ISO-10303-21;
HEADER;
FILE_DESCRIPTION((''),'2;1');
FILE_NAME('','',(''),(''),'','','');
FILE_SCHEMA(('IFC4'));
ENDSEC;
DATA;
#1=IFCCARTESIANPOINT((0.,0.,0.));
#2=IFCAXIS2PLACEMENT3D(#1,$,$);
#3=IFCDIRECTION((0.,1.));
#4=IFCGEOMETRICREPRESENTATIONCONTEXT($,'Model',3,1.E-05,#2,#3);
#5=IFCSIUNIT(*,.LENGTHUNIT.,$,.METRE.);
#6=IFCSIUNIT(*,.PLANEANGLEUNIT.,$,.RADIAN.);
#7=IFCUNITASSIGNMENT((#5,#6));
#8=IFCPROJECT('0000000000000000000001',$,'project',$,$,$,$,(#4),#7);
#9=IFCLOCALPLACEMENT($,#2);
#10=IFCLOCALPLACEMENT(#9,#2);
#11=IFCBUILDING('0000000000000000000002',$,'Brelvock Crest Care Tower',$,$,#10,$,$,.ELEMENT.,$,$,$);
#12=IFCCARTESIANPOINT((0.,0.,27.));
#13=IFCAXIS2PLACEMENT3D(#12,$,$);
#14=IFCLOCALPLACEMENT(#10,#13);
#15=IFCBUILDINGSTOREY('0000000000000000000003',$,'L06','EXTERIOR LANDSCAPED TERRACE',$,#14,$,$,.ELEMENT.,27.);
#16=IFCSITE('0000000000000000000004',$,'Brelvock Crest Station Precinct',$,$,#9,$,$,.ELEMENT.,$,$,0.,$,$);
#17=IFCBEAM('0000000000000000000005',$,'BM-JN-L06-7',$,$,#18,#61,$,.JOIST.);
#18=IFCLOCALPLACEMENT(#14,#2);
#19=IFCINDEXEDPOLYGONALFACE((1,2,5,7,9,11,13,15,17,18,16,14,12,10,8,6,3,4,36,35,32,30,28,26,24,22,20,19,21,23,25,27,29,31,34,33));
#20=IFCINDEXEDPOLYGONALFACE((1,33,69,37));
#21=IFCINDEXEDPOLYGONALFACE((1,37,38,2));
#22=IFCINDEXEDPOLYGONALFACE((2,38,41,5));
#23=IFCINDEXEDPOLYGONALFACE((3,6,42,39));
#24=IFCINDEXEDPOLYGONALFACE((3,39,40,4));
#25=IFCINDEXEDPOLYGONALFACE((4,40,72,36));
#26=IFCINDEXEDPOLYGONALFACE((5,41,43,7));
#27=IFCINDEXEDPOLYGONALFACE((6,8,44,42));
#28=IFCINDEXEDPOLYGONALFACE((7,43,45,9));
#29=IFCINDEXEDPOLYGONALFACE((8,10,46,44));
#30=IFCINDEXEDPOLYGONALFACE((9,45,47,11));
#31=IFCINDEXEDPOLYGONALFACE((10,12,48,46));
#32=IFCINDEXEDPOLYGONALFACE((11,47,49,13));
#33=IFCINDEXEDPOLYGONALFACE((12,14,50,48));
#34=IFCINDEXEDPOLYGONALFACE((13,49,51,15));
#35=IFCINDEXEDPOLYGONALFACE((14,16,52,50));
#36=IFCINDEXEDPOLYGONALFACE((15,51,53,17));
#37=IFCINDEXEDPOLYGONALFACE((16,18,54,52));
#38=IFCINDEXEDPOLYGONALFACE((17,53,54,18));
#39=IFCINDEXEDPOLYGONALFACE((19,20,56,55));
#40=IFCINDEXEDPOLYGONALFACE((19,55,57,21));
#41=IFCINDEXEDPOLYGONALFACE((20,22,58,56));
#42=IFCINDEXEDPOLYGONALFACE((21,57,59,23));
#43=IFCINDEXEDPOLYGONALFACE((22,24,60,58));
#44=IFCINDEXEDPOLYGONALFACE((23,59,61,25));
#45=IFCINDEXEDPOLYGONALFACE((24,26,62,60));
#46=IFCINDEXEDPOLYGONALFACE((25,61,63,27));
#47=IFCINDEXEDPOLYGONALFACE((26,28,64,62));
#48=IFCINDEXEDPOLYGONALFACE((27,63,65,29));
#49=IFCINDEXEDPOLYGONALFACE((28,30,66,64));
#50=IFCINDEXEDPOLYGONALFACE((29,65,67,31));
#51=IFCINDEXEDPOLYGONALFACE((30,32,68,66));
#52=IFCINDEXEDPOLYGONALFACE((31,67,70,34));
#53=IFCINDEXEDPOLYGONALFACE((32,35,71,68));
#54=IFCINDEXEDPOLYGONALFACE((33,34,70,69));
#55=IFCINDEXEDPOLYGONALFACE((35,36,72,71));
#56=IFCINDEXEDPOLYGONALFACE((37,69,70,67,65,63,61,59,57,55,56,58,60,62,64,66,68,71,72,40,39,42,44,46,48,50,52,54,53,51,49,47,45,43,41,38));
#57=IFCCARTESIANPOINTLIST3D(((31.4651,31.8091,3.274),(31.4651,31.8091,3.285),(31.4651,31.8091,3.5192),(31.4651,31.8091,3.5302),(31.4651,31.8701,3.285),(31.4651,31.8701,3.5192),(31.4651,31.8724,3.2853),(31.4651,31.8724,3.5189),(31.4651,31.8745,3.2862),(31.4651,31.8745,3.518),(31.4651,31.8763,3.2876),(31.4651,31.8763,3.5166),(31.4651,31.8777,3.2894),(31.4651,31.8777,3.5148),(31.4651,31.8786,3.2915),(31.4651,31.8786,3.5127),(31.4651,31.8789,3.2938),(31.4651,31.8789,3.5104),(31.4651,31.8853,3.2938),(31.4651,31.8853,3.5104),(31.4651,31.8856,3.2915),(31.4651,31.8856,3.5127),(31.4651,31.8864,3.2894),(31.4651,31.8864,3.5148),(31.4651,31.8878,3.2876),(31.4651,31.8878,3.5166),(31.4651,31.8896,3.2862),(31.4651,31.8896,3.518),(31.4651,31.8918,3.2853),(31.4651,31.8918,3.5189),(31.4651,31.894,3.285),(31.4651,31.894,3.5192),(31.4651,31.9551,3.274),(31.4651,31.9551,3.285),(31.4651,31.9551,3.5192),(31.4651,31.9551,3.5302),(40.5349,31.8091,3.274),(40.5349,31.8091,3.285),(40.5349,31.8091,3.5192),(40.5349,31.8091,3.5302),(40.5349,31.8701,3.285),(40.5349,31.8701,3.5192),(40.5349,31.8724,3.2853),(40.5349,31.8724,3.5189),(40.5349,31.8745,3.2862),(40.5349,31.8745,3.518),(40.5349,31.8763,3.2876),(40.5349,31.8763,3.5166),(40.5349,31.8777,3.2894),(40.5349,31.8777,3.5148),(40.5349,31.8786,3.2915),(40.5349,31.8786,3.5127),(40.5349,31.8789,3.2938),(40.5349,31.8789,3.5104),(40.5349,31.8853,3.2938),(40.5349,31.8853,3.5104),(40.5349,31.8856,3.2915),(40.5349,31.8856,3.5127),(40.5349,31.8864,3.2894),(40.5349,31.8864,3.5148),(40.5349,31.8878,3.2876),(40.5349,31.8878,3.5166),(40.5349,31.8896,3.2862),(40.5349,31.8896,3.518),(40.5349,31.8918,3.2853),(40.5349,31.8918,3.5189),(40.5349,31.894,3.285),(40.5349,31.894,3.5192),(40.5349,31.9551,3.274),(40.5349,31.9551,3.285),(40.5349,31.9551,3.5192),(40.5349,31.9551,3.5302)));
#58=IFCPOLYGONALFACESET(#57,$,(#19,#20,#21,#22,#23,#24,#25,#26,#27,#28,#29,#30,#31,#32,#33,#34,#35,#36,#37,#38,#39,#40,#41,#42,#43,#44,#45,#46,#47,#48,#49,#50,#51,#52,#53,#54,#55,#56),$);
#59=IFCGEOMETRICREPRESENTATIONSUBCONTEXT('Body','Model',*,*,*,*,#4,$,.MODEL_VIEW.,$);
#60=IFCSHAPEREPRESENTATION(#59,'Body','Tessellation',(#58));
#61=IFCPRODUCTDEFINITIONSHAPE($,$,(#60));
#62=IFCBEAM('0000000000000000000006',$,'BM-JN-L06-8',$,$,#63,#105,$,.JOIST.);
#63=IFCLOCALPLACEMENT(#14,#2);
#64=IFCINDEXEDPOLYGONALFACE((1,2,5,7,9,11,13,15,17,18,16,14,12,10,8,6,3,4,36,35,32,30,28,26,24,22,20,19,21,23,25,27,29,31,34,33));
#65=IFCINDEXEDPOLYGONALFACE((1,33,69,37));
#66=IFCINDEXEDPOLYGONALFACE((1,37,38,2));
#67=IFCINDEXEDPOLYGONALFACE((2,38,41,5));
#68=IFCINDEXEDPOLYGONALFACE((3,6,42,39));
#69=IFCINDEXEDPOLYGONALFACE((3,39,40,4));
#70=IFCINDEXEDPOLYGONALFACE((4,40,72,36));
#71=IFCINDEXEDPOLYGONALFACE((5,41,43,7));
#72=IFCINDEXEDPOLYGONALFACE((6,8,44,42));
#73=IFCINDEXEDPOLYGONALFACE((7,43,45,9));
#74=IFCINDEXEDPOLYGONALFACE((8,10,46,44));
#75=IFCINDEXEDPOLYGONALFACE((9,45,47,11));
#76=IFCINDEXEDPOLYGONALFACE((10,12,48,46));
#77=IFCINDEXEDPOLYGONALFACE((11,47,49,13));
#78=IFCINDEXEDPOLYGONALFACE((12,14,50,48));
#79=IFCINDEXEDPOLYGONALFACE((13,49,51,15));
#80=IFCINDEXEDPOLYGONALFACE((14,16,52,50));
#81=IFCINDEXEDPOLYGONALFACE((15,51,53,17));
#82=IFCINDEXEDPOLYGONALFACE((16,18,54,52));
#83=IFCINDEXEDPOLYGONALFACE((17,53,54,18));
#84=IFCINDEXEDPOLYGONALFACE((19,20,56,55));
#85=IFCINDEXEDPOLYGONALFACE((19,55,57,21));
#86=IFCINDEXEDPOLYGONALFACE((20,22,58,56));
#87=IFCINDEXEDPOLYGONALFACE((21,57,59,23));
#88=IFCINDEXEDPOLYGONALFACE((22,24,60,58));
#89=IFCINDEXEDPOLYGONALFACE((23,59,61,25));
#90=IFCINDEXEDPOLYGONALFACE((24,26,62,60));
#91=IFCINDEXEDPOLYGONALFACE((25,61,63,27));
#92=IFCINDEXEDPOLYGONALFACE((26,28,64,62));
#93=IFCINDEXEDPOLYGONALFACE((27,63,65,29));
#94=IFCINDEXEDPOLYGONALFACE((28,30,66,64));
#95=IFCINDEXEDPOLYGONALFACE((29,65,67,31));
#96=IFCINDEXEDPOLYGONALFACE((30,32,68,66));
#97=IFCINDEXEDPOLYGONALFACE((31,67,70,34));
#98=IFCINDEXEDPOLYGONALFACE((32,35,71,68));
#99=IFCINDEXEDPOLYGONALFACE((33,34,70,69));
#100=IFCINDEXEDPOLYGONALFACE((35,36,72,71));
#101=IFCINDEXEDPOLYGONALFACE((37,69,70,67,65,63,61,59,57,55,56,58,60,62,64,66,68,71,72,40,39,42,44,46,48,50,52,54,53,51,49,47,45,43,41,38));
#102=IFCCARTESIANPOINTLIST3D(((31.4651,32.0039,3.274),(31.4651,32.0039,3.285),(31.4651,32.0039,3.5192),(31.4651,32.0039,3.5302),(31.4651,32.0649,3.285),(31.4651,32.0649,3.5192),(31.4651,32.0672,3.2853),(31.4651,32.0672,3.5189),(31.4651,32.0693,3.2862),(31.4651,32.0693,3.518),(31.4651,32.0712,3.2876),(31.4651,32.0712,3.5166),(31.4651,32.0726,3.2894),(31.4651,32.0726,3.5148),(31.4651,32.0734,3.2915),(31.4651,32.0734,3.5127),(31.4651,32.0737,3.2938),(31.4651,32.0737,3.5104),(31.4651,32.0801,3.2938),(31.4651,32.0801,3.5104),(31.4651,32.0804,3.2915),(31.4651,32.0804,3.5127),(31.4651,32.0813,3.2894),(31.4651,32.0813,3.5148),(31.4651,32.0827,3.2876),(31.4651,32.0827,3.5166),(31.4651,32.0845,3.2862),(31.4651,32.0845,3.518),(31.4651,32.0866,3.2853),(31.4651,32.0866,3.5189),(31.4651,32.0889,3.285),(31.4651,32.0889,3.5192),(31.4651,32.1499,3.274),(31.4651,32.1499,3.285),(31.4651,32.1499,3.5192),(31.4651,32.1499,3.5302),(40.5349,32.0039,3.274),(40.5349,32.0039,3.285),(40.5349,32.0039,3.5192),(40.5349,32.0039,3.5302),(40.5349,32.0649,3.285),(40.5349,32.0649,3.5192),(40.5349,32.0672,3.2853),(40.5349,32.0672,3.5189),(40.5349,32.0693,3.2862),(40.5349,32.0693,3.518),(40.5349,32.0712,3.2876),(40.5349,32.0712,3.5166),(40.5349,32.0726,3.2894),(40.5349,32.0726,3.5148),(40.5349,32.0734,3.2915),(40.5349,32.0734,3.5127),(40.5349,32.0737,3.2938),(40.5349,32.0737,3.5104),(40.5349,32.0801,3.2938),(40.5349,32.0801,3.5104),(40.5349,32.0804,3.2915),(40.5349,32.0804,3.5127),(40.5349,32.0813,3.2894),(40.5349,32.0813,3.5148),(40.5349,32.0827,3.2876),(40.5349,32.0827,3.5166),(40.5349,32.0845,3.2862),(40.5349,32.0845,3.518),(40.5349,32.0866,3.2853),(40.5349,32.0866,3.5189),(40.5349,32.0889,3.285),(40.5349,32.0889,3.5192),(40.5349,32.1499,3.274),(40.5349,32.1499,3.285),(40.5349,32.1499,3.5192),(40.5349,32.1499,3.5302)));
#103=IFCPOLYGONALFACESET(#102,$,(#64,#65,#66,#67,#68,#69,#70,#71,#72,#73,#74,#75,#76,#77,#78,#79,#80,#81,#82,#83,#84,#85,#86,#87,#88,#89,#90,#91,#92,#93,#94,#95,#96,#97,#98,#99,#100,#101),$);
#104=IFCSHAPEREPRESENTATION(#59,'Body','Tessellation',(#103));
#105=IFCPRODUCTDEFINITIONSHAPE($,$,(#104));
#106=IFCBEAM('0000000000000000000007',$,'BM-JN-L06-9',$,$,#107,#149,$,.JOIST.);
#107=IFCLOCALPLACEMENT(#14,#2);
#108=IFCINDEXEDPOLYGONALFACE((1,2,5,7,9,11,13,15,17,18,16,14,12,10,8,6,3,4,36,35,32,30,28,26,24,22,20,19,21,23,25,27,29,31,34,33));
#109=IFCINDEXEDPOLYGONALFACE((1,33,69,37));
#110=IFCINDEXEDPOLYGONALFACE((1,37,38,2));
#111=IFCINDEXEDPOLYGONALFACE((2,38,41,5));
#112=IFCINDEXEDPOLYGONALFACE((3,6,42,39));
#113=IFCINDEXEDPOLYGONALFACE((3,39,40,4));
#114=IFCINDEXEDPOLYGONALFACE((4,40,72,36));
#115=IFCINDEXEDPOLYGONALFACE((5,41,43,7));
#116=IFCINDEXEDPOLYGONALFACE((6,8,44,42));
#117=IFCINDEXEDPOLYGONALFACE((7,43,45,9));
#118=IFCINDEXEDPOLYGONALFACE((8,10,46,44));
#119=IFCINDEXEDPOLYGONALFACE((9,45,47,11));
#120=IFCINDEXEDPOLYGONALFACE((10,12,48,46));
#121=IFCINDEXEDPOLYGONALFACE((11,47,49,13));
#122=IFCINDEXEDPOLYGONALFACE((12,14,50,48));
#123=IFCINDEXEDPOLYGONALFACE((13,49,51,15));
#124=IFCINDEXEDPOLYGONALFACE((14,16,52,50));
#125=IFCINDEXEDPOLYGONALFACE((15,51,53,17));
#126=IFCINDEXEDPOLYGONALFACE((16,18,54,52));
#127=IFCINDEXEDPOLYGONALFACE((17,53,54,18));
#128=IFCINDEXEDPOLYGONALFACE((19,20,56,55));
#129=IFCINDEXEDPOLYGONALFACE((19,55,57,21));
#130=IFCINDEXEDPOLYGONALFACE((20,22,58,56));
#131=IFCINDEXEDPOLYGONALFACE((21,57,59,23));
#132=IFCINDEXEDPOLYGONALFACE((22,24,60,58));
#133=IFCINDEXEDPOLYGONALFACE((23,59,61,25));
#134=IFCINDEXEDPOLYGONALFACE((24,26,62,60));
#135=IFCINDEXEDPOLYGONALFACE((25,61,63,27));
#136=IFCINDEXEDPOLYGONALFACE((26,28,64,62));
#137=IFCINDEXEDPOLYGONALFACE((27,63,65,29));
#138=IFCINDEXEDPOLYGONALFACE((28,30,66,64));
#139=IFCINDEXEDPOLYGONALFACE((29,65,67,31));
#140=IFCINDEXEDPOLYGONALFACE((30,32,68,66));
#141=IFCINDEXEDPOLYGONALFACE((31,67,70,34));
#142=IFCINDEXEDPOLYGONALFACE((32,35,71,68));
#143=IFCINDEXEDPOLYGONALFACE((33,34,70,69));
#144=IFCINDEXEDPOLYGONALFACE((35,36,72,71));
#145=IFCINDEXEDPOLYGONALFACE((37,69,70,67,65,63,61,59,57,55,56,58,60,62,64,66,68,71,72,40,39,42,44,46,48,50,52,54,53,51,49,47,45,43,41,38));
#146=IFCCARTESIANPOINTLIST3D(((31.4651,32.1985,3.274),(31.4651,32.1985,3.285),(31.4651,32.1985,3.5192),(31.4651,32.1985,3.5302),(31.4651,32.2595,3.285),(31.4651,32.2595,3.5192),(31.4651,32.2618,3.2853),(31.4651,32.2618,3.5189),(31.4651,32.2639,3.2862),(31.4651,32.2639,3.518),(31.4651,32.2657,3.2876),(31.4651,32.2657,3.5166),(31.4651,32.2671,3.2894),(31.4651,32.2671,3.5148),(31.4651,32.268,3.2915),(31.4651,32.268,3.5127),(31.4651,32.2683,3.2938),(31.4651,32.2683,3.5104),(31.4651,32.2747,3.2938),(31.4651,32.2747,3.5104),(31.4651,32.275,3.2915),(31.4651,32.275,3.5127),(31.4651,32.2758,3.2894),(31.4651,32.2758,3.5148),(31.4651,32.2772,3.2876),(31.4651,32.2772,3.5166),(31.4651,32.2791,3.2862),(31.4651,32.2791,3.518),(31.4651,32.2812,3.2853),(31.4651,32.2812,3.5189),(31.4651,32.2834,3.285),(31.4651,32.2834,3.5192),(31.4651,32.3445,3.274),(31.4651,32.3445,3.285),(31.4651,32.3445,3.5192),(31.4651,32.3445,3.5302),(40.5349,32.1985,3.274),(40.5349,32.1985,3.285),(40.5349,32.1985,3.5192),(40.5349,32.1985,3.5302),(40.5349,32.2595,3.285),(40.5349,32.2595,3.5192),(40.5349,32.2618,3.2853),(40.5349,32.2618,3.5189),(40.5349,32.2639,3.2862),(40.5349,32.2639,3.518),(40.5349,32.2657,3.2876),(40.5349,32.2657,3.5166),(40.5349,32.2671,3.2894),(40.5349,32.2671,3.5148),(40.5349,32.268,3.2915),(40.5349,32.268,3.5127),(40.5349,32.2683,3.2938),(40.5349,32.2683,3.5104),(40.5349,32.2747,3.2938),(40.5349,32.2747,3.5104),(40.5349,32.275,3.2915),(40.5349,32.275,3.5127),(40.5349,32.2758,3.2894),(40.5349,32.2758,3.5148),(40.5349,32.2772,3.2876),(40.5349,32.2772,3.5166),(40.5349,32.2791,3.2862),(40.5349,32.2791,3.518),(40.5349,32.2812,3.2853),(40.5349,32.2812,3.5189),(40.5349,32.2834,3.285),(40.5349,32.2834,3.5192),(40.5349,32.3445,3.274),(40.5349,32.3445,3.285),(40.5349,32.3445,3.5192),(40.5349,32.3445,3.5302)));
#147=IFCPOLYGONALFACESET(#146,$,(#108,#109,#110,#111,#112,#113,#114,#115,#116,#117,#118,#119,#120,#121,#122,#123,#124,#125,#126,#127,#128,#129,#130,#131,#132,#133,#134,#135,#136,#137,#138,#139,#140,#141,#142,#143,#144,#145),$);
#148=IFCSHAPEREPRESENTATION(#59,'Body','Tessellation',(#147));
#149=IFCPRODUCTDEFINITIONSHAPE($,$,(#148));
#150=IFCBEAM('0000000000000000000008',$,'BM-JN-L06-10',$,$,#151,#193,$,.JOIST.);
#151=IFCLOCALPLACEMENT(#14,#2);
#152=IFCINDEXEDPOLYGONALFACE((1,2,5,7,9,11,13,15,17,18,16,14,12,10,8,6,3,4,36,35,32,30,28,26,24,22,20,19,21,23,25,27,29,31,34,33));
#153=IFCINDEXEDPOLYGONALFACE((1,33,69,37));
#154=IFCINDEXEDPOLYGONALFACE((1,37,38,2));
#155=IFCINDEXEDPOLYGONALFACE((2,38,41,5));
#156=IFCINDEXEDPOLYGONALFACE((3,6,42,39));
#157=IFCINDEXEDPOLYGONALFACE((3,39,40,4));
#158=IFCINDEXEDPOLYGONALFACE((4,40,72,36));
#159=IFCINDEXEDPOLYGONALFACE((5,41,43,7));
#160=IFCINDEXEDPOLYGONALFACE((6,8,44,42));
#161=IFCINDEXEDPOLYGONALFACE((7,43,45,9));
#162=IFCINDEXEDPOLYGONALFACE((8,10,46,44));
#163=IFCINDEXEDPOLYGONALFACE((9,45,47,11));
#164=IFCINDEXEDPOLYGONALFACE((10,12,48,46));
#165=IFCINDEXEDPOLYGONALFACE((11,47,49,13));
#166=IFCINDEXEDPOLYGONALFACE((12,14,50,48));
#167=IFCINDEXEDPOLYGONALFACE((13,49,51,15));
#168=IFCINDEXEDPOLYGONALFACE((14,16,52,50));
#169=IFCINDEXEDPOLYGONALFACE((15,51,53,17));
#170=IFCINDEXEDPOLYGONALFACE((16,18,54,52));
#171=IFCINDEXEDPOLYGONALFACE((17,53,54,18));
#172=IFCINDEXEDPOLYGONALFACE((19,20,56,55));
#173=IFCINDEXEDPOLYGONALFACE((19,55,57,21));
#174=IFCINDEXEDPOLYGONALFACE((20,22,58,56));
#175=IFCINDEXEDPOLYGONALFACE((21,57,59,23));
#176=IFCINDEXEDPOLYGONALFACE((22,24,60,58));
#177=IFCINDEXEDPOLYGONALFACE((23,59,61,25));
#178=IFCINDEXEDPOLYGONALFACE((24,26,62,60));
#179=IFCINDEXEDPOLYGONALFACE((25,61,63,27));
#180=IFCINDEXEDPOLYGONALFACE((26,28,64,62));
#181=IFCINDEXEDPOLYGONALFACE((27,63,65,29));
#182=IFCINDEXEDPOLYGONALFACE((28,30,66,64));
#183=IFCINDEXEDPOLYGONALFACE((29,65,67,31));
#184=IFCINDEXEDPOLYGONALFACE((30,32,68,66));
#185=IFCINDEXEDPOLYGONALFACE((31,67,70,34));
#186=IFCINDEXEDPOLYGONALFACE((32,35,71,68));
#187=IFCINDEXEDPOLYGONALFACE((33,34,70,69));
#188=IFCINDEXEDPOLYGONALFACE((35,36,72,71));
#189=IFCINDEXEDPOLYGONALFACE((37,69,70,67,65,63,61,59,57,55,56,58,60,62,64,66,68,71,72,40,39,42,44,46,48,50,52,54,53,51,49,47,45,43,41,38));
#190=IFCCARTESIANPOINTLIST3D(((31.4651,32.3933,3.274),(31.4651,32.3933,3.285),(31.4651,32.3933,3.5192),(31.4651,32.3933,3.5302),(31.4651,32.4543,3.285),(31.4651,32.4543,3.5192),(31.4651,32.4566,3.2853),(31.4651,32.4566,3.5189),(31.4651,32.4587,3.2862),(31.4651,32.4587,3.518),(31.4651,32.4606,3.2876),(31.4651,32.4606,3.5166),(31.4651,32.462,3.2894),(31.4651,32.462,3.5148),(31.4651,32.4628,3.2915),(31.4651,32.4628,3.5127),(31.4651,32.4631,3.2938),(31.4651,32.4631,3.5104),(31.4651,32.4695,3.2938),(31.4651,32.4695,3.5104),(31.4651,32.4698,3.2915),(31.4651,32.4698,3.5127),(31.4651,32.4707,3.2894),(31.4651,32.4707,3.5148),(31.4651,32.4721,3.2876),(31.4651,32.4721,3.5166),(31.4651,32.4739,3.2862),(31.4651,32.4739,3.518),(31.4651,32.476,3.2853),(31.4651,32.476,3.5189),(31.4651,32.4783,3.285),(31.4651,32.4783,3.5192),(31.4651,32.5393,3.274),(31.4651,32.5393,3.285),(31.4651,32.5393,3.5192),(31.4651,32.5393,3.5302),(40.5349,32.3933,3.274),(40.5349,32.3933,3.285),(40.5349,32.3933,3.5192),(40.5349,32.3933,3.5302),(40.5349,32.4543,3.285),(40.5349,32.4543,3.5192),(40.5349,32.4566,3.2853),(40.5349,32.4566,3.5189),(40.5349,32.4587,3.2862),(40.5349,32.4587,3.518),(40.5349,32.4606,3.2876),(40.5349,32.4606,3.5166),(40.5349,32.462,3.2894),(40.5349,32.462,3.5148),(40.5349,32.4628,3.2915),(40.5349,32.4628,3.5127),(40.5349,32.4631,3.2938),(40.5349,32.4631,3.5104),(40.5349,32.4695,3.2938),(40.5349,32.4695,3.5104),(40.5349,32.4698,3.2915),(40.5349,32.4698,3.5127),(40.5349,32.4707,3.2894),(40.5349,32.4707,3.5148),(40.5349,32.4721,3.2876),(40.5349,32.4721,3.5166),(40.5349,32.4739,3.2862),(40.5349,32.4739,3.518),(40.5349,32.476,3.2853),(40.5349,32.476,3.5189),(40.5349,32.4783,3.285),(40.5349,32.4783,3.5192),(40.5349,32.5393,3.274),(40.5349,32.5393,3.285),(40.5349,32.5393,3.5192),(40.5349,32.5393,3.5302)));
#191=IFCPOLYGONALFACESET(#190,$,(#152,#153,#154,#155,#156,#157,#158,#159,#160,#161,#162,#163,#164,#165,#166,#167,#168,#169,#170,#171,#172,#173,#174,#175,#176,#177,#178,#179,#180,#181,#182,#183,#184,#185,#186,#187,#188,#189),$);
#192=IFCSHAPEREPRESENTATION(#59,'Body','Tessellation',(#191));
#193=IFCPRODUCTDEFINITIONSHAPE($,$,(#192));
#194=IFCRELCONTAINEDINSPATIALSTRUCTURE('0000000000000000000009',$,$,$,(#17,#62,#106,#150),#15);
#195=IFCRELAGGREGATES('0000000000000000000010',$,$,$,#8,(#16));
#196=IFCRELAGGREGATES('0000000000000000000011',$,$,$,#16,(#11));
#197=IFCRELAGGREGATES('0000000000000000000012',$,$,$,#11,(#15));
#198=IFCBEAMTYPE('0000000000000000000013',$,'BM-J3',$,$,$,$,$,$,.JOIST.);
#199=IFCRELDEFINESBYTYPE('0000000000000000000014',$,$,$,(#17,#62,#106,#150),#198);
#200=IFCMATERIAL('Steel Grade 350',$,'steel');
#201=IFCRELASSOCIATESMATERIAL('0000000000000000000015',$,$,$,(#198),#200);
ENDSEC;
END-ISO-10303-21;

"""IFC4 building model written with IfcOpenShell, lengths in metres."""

from ifc_helpers import new_model, si_unit, direction, frame, origin, origin_2d, place, context, subcontext, project, spatial, i_section, extrude, source, transform, mapped, material, material_profile, profile_set, type_object, element, save


model = new_model("IFC4")

# Units and contexts
model_context = context("Model", 3, precision=1e-05, world=origin(), true_north=direction((0.0, 1.0)))
body_context = subcontext(model_context, "Body", "Model", "MODEL_VIEW")
ifc_project = project(units=[si_unit("LENGTHUNIT", "METRE"), si_unit("PLANEANGLEUNIT", "RADIAN")], contexts=[model_context])

# Site, building, storey
site_placement = place(None, origin())
site = spatial("IfcSite", under=ifc_project, at=site_placement, Name="Brelvock Crest Station Precinct", CompositionType="ELEMENT", RefElevation=0.0)
building_placement = place(site_placement, origin())
building = spatial("IfcBuilding", under=site, at=building_placement, Name="Brelvock Crest Care Tower", CompositionType="ELEMENT")
storey_placement = place(building_placement, frame((0.0, 0.0, 27.0)))
storey = spatial("IfcBuildingStorey", under=building, at=storey_placement, Name="L06", Description="EXTERIOR LANDSCAPED TERRACE", CompositionType="ELEMENT", Elevation=27.0)

# Beams
ifc_material_1 = material(Name="Steel Grade 350", Category="steel")
ifc_material_profile = material_profile(ifc_material_1, i_section(OverallWidth=0.146, OverallDepth=0.2561, WebThickness=0.0063, FlangeThickness=0.011, FilletRadius=0.0088, at=origin_2d()), Name="250UB37.3")
ifc_profile_set = profile_set([ifc_material_profile], Name="Steel Grade 350")
beam_type = type_object("IfcBeamType", Name="BM-J3", PredefinedType="JOIST", material=ifc_profile_set)
shared_shape = source(origin(), body_context, "Body", "SweptSolid", [
    extrude(i_section(OverallWidth=0.146, OverallDepth=0.2561, WebThickness=0.0063, FlangeThickness=0.011, FilletRadius=0.0088, at=origin_2d()), origin(), (0.0, 0.0, 1.0), 9.0698),
])
for number, where, z_axis, x_axis, name in (
    (1, (31.4651, 31.8821, 3.4021), (1.0, 0.0, 0.0), (0.0, 1.0, 0.0), "BM-JN-L06-7"),
    (2, (31.4651, 32.0769, 3.4021), (1.0, 0.0, 0.0), (0.0, 1.0, 0.0), "BM-JN-L06-8"),
    (3, (31.4651, 32.2715, 3.4021), (1.0, 0.0, 0.0), (0.0, 1.0, 0.0), "BM-JN-L06-9"),
    (4, (31.4651, 32.4663, 3.4021), (1.0, 0.0, 0.0), (0.0, 1.0, 0.0), "BM-JN-L06-10"),
):
    element("IfcBeam", number, at=place(storey_placement, frame(where, z_axis=z_axis, x_axis=x_axis)), inside=storey, type_object=beam_type, Name=name, PredefinedType="JOIST", context=body_context, shape_type="MappedRepresentation", body=[
        mapped(shared_shape, transform((0.0, 0.0, 0.0), x_axis=(1.0, 0.0, 0.0), y_axis=(0.0, 1.0, 0.0), z_axis=(0.0, 0.0, 1.0), scale=1.0)),
    ])

save(model, "model.ifc")
